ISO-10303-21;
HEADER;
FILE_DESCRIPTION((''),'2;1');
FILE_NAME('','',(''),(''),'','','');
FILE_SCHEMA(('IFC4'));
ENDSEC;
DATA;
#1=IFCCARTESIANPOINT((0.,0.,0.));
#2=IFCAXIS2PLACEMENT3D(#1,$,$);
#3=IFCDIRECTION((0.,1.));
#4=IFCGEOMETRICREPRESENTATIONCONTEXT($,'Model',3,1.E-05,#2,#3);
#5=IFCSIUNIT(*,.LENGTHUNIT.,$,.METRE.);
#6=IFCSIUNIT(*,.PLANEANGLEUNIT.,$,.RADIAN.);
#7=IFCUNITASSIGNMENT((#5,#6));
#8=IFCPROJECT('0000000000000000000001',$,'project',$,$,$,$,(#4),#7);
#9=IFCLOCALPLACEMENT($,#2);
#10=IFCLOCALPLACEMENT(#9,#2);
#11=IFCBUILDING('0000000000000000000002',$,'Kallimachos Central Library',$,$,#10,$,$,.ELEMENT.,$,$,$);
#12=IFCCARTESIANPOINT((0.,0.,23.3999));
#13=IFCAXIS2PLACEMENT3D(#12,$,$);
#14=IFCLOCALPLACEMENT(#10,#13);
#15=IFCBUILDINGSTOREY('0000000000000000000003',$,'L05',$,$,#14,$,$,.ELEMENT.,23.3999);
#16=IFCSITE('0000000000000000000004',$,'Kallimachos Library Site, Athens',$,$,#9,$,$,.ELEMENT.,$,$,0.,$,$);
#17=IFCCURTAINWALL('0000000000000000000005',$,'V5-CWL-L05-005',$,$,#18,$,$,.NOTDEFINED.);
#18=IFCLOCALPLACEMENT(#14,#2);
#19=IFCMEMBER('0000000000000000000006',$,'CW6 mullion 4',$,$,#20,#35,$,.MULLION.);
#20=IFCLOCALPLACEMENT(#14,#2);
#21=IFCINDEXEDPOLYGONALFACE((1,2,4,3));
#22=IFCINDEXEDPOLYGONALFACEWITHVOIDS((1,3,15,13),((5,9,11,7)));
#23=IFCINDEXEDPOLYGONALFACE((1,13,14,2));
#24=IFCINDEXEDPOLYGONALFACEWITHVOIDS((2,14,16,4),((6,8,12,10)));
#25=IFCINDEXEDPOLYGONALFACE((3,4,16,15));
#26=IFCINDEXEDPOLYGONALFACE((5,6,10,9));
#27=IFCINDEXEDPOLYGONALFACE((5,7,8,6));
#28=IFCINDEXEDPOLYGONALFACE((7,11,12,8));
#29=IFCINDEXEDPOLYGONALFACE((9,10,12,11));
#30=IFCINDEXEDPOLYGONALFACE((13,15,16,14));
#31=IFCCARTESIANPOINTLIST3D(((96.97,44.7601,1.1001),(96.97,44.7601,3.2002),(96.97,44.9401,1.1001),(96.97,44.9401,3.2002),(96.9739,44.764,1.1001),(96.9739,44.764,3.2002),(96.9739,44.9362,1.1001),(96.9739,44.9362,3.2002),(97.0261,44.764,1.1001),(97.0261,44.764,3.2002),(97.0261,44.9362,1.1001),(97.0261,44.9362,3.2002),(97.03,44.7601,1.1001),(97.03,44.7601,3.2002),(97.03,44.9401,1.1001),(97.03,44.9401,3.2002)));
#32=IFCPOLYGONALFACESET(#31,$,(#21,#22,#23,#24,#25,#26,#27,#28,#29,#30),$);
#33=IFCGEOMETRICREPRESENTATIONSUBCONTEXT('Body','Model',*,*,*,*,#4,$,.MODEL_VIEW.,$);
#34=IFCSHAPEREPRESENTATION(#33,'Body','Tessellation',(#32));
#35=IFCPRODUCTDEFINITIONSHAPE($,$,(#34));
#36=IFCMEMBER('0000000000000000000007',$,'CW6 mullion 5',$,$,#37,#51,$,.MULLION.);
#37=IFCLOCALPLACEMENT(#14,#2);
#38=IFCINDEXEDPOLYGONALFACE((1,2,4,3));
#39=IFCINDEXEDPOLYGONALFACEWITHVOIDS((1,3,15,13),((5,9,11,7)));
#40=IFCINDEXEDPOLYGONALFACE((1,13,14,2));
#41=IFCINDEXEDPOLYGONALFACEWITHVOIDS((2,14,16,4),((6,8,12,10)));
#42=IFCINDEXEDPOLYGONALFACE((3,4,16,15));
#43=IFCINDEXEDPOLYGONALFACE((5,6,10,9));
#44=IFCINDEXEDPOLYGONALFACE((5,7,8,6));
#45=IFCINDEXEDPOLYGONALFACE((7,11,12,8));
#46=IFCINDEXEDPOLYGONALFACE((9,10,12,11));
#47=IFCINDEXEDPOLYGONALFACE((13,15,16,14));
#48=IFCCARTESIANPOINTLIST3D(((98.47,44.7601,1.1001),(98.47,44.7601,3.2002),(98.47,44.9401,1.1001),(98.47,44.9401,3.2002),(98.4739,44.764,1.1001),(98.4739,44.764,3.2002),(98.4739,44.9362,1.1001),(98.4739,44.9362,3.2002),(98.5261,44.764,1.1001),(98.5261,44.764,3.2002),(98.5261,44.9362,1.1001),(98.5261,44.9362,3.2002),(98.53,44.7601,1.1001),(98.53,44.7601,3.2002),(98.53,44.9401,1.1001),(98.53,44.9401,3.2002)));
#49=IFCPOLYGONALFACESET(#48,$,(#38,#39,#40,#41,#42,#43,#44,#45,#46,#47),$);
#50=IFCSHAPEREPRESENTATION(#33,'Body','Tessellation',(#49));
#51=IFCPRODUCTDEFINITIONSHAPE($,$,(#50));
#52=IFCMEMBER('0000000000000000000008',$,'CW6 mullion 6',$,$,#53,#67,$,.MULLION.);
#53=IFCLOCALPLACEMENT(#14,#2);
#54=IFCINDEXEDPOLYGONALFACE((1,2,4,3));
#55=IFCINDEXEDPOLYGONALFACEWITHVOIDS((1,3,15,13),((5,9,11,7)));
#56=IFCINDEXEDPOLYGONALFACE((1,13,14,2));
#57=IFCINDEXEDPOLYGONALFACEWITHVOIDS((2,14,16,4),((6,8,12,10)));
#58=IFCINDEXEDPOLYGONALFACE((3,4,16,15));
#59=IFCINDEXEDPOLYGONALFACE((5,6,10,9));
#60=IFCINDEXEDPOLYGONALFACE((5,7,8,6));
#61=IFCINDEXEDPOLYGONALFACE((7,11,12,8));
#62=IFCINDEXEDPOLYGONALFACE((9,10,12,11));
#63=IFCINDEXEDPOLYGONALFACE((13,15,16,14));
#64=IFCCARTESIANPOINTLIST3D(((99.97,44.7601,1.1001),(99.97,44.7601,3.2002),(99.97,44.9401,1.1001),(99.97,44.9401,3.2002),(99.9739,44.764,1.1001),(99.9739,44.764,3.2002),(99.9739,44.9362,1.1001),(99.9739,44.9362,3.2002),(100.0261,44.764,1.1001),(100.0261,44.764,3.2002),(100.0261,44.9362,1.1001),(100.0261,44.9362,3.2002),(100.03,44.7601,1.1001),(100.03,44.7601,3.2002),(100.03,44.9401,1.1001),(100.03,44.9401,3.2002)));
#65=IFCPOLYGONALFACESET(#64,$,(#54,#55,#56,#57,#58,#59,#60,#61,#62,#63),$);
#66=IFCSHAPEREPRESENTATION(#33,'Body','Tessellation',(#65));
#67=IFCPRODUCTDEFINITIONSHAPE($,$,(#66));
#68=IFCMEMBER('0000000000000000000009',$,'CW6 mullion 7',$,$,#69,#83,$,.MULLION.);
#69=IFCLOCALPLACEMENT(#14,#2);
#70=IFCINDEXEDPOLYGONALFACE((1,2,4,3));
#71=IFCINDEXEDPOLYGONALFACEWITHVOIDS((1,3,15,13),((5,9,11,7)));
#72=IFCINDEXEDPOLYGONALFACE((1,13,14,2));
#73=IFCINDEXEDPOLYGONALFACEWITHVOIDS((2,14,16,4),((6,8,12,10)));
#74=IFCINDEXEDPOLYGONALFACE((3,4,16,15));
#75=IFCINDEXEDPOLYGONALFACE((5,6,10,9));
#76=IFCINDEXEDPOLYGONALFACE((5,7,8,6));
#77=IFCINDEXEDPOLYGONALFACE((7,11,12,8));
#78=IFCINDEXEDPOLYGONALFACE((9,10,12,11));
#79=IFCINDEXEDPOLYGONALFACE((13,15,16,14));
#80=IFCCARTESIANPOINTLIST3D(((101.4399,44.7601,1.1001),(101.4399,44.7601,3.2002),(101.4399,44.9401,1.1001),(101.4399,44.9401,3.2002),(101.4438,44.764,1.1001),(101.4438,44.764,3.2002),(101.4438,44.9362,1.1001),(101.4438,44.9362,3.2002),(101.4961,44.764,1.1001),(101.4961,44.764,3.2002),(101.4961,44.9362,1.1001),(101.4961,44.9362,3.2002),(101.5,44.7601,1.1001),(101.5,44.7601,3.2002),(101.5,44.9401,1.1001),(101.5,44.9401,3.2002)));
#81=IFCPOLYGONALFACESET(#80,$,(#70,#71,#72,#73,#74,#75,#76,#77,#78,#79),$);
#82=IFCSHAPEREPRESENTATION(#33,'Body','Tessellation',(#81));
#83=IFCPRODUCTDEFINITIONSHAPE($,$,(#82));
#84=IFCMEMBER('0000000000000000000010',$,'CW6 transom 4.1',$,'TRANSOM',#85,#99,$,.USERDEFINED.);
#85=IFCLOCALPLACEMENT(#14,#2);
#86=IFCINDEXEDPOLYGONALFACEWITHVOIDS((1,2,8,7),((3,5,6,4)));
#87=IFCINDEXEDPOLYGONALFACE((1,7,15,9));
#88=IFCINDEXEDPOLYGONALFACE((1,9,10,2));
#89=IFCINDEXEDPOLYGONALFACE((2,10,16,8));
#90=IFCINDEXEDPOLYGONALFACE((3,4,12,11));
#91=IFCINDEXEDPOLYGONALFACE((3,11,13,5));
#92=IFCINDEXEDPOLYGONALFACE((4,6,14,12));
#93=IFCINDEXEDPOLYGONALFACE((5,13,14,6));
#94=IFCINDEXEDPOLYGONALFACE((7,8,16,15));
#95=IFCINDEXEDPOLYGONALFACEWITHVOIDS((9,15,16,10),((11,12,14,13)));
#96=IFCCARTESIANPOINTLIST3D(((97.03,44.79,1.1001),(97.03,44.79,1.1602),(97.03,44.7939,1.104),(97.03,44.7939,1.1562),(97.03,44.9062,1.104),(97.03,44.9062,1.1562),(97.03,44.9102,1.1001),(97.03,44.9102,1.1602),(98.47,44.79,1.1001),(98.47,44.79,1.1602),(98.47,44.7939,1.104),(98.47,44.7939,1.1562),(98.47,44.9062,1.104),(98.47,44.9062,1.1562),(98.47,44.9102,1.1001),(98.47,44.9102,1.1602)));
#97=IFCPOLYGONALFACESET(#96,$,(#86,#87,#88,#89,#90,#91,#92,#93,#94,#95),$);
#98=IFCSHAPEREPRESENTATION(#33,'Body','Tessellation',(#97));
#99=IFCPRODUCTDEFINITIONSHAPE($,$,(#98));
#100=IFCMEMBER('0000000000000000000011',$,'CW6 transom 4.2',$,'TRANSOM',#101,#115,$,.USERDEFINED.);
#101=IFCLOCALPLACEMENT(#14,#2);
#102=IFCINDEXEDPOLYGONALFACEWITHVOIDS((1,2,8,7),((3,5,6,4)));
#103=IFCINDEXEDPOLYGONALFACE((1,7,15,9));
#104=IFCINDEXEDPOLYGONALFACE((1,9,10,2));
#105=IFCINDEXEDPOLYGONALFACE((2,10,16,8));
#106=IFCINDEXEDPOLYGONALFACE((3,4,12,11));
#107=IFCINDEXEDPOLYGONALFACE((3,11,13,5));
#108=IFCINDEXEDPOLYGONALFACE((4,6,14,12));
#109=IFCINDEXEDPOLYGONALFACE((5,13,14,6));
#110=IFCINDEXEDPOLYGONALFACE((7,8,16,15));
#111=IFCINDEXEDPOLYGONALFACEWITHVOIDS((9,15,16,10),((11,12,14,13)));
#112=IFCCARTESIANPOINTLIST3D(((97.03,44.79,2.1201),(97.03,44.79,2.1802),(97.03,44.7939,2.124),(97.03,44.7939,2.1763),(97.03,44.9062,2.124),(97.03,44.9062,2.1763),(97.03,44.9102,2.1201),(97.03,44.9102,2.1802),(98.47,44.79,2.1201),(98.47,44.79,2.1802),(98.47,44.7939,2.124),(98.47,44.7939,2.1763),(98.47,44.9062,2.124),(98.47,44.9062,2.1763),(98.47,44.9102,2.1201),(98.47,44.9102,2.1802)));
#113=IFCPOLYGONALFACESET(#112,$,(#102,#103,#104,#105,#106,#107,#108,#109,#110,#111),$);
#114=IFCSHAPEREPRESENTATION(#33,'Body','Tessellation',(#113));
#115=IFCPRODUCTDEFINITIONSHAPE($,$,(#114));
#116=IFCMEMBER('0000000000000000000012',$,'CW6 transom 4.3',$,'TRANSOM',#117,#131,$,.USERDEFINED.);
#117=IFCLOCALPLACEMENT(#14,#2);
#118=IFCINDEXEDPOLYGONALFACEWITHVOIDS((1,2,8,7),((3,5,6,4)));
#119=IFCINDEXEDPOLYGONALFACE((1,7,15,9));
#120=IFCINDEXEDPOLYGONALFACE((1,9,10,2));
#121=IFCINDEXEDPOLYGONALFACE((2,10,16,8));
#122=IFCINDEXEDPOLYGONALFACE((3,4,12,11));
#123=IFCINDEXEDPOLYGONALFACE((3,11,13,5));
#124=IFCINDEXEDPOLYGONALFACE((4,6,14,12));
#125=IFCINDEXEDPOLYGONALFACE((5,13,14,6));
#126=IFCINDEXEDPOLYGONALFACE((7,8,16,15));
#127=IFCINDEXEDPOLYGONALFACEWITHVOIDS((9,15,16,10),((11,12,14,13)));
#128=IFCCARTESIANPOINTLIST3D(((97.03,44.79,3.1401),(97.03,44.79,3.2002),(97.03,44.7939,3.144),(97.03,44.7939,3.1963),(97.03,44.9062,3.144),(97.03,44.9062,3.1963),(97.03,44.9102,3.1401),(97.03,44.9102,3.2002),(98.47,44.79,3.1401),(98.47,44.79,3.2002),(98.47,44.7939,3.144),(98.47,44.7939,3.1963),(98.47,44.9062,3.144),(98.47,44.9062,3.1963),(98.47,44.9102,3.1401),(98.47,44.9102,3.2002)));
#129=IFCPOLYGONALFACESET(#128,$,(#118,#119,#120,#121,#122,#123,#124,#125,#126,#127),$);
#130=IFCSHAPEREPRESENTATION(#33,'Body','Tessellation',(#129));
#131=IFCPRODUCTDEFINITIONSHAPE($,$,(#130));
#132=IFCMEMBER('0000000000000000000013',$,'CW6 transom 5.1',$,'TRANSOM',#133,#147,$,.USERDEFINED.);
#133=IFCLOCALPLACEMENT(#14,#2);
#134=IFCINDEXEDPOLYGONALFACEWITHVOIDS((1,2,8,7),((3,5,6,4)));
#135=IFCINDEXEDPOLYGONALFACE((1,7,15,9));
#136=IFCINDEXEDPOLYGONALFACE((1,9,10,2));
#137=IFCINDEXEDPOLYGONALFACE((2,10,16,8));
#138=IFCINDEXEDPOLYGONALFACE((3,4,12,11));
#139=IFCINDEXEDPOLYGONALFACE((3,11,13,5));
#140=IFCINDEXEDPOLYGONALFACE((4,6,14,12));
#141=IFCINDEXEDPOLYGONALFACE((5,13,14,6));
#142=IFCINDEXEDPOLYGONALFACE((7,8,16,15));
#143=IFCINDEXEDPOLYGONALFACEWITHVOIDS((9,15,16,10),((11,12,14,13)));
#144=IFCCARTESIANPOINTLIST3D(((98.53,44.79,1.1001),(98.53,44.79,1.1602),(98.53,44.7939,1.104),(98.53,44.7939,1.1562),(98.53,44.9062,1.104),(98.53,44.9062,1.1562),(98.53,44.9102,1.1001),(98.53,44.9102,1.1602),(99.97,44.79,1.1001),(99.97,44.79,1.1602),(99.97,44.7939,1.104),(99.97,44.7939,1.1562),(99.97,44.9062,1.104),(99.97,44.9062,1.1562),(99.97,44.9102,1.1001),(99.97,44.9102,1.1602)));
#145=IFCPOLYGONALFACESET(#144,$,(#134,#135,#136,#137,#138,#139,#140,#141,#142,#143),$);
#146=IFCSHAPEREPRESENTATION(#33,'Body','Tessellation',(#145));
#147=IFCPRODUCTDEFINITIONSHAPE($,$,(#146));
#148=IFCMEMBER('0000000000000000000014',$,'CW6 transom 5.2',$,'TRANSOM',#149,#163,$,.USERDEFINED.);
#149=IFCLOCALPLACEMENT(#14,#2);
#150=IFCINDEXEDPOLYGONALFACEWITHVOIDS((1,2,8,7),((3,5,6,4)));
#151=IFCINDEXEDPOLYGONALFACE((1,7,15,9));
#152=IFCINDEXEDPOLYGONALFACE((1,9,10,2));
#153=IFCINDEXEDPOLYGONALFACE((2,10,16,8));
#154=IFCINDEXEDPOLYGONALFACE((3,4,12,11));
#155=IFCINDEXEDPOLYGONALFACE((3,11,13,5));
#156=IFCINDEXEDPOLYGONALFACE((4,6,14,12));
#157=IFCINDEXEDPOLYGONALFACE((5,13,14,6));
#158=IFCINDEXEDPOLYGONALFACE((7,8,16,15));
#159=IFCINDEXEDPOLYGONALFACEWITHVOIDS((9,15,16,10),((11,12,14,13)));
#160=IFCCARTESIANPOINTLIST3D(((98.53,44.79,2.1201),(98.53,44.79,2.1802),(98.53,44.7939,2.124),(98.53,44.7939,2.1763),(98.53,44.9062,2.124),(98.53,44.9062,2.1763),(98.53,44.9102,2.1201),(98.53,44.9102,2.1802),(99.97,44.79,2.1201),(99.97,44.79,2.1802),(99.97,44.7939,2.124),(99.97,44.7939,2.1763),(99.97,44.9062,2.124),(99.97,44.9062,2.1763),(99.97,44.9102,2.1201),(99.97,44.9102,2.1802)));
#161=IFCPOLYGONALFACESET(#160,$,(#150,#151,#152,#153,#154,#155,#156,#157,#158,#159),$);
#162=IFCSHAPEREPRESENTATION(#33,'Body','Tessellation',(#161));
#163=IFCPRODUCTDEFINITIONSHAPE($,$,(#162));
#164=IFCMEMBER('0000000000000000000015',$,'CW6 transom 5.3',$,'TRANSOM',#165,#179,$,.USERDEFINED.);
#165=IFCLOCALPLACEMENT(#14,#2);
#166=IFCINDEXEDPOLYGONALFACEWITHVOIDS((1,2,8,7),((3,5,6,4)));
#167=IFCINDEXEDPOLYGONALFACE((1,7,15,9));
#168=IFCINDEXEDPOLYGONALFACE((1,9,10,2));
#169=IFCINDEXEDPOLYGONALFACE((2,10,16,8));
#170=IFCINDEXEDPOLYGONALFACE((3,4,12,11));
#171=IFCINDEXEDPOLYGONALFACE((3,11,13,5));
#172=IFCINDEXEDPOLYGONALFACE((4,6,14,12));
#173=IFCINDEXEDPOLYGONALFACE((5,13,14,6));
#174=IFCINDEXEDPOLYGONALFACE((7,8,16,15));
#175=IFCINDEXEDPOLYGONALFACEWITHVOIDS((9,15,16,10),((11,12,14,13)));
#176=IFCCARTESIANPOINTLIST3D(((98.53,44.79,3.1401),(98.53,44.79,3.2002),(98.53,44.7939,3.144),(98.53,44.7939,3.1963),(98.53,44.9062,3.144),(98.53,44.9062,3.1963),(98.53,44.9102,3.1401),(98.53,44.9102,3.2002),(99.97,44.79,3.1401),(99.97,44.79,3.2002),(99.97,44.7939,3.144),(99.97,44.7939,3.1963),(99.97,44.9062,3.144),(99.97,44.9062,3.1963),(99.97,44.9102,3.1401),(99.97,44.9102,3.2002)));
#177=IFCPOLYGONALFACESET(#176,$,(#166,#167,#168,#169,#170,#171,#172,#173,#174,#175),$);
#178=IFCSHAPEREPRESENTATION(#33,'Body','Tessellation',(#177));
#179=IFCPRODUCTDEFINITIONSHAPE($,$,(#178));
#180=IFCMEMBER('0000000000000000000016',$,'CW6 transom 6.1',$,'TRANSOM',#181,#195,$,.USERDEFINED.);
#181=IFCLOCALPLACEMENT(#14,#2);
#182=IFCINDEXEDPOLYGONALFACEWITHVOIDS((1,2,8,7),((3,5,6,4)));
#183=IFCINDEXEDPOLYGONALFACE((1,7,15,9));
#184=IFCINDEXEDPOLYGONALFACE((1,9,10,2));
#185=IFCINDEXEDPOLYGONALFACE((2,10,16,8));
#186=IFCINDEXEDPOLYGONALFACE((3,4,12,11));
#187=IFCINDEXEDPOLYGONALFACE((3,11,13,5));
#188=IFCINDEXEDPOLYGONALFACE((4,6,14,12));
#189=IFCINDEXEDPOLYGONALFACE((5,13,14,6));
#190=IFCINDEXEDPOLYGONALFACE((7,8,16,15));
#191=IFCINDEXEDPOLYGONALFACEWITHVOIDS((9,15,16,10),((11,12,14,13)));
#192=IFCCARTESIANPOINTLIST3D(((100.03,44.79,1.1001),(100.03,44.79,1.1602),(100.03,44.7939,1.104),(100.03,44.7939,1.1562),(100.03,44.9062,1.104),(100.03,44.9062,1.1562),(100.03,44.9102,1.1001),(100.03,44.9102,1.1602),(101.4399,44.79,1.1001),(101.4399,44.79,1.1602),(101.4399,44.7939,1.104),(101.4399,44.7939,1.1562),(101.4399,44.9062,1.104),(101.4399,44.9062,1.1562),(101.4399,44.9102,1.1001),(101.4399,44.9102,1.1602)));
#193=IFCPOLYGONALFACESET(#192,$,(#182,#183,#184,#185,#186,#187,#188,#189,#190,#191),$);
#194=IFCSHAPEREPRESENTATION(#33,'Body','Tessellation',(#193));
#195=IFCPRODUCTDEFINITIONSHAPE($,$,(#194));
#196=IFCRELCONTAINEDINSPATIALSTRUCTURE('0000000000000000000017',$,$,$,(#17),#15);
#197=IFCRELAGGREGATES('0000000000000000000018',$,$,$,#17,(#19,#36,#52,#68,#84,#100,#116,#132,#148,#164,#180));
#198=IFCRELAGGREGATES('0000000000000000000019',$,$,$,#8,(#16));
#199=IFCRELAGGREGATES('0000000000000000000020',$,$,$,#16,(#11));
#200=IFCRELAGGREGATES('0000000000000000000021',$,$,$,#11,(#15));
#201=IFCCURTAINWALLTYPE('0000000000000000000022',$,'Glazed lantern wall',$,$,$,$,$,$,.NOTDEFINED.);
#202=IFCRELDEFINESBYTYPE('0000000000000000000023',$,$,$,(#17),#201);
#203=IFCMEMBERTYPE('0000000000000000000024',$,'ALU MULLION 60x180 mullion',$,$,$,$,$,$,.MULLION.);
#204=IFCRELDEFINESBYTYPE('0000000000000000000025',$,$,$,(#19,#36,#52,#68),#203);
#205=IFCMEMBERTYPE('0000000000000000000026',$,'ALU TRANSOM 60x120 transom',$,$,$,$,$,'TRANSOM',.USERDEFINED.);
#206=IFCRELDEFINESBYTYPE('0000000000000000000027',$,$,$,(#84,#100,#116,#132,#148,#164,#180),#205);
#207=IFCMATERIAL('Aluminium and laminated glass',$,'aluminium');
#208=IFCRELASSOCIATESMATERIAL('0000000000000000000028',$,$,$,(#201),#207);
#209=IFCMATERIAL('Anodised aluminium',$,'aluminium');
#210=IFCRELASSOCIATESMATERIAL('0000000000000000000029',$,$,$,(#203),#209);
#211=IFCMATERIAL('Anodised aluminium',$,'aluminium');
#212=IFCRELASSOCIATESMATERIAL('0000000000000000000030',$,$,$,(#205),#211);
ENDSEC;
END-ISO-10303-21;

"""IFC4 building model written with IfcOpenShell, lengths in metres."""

from ifc_helpers import new_model, si_unit, direction, frame, origin, origin_2d, place, context, subcontext, project, spatial, hollow_rectangle, extrude, material, material_profile, profile_set, type_object, element, aggregate, save


model = new_model("IFC4")

# Units and contexts
model_context = context("Model", 3, precision=1e-05, world=origin(), true_north=direction((0.0, 1.0)))
body_context = subcontext(model_context, "Body", "Model", "MODEL_VIEW")
ifc_project = project(units=[si_unit("LENGTHUNIT", "METRE"), si_unit("PLANEANGLEUNIT", "RADIAN")], contexts=[model_context])

# Site, building, storey
site_placement = place(None, origin())
site = spatial("IfcSite", under=ifc_project, at=site_placement, Name="Kallimachos Library Site, Athens", CompositionType="ELEMENT", RefElevation=0.0)
building_placement = place(site_placement, origin())
building = spatial("IfcBuilding", under=site, at=building_placement, Name="Kallimachos Central Library", CompositionType="ELEMENT")
storey_placement = place(building_placement, frame((0.0, 0.0, 23.3999)))
storey = spatial("IfcBuildingStorey", under=building, at=storey_placement, Name="L05", CompositionType="ELEMENT", Elevation=23.3999)

# Curtain wall, members
ifc_material_1 = material(Name="Aluminium and laminated glass", Category="aluminium")
curtain_wall_type = type_object("IfcCurtainWallType", Name="Glazed lantern wall", PredefinedType="NOTDEFINED", material=ifc_material_1)
curtain_wall_placement = place(storey_placement, origin())
curtain_wall = element("IfcCurtainWall", 1, at=curtain_wall_placement, inside=storey, type_object=curtain_wall_type, Name="V5-CWL-L05-005", PredefinedType="NOTDEFINED")
ifc_material_2 = material(Name="Anodised aluminium", Category="aluminium")
ifc_material_profile_1 = material_profile(ifc_material_2, hollow_rectangle(XDim=0.0601, YDim=0.1799, WallThickness=0.0039, at=origin_2d()), Name="ALU MULLION 60x180")
ifc_profile_set_1 = profile_set([ifc_material_profile_1], Name="Anodised aluminium")
member_type_1 = type_object("IfcMemberType", Name="ALU MULLION 60x180 mullion", PredefinedType="MULLION", material=ifc_profile_set_1)
member_1_placement = place(storey_placement, frame((97.0, 44.8501, 1.1001), z_axis=(0.0, 0.0, 1.0), x_axis=(1.0, 0.0, 0.0)))
member_1 = element("IfcMember", 2, at=member_1_placement, type_object=member_type_1, Name="CW6 mullion 4", PredefinedType="MULLION", context=body_context, shape_type="SweptSolid", body=[
    extrude(hollow_rectangle(XDim=0.0601, YDim=0.1799, WallThickness=0.0039, at=origin_2d()), origin(), (0.0, 0.0, 1.0), 2.1001),
])
member_2_placement = place(storey_placement, frame((98.5, 44.8501, 1.1001), z_axis=(0.0, 0.0, 1.0), x_axis=(1.0, 0.0, 0.0)))
member_2 = element("IfcMember", 3, at=member_2_placement, type_object=member_type_1, Name="CW6 mullion 5", PredefinedType="MULLION", context=body_context, shape_type="SweptSolid", body=[
    extrude(hollow_rectangle(XDim=0.0601, YDim=0.1799, WallThickness=0.0039, at=origin_2d()), origin(), (0.0, 0.0, 1.0), 2.1001),
])
member_3_placement = place(storey_placement, frame((100.0, 44.8501, 1.1001), z_axis=(0.0, 0.0, 1.0), x_axis=(1.0, 0.0, 0.0)))
member_3 = element("IfcMember", 4, at=member_3_placement, type_object=member_type_1, Name="CW6 mullion 6", PredefinedType="MULLION", context=body_context, shape_type="SweptSolid", body=[
    extrude(hollow_rectangle(XDim=0.0601, YDim=0.1799, WallThickness=0.0039, at=origin_2d()), origin(), (0.0, 0.0, 1.0), 2.1001),
])
member_4_placement = place(storey_placement, frame((101.47, 44.8501, 1.1001), z_axis=(0.0, 0.0, 1.0), x_axis=(1.0, 0.0, 0.0)))
member_4 = element("IfcMember", 5, at=member_4_placement, type_object=member_type_1, Name="CW6 mullion 7", PredefinedType="MULLION", context=body_context, shape_type="SweptSolid", body=[
    extrude(hollow_rectangle(XDim=0.0601, YDim=0.1799, WallThickness=0.0039, at=origin_2d()), origin(), (0.0, 0.0, 1.0), 2.1001),
])
ifc_material_3 = material(Name="Anodised aluminium", Category="aluminium")
ifc_material_profile_2 = material_profile(ifc_material_3, hollow_rectangle(XDim=0.0601, YDim=0.1201, WallThickness=0.0039, at=origin_2d()), Name="ALU TRANSOM 60x120")
ifc_profile_set_2 = profile_set([ifc_material_profile_2], Name="Anodised aluminium")
member_type_2 = type_object("IfcMemberType", Name="ALU TRANSOM 60x120 transom", ElementType="TRANSOM", PredefinedType="USERDEFINED", material=ifc_profile_set_2)
member_5_placement = place(storey_placement, frame((97.03, 44.8501, 1.1301), z_axis=(1.0, 0.0, 0.0), x_axis=(0.0, 0.0, 1.0)))
member_5 = element("IfcMember", 6, at=member_5_placement, type_object=member_type_2, Name="CW6 transom 4.1", ObjectType="TRANSOM", PredefinedType="USERDEFINED", context=body_context, shape_type="SweptSolid", body=[
    extrude(hollow_rectangle(XDim=0.0601, YDim=0.1201, WallThickness=0.0039, at=origin_2d()), origin(), (0.0, 0.0, 1.0), 1.4399),
])
member_6_placement = place(storey_placement, frame((97.03, 44.8501, 2.1501), z_axis=(1.0, 0.0, 0.0), x_axis=(0.0, 0.0, 1.0)))
member_6 = element("IfcMember", 7, at=member_6_placement, type_object=member_type_2, Name="CW6 transom 4.2", ObjectType="TRANSOM", PredefinedType="USERDEFINED", context=body_context, shape_type="SweptSolid", body=[
    extrude(hollow_rectangle(XDim=0.0601, YDim=0.1201, WallThickness=0.0039, at=origin_2d()), origin(), (0.0, 0.0, 1.0), 1.4399),
])
member_7_placement = place(storey_placement, frame((97.03, 44.8501, 3.1702), z_axis=(1.0, 0.0, 0.0), x_axis=(0.0, 0.0, 1.0)))
member_7 = element("IfcMember", 8, at=member_7_placement, type_object=member_type_2, Name="CW6 transom 4.3", ObjectType="TRANSOM", PredefinedType="USERDEFINED", context=body_context, shape_type="SweptSolid", body=[
    extrude(hollow_rectangle(XDim=0.0601, YDim=0.1201, WallThickness=0.0039, at=origin_2d()), origin(), (0.0, 0.0, 1.0), 1.4399),
])
member_8_placement = place(storey_placement, frame((98.53, 44.8501, 1.1301), z_axis=(1.0, 0.0, 0.0), x_axis=(0.0, 0.0, 1.0)))
member_8 = element("IfcMember", 9, at=member_8_placement, type_object=member_type_2, Name="CW6 transom 5.1", ObjectType="TRANSOM", PredefinedType="USERDEFINED", context=body_context, shape_type="SweptSolid", body=[
    extrude(hollow_rectangle(XDim=0.0601, YDim=0.1201, WallThickness=0.0039, at=origin_2d()), origin(), (0.0, 0.0, 1.0), 1.4399),
])
member_9_placement = place(storey_placement, frame((98.53, 44.8501, 2.1501), z_axis=(1.0, 0.0, 0.0), x_axis=(0.0, 0.0, 1.0)))
member_9 = element("IfcMember", 10, at=member_9_placement, type_object=member_type_2, Name="CW6 transom 5.2", ObjectType="TRANSOM", PredefinedType="USERDEFINED", context=body_context, shape_type="SweptSolid", body=[
    extrude(hollow_rectangle(XDim=0.0601, YDim=0.1201, WallThickness=0.0039, at=origin_2d()), origin(), (0.0, 0.0, 1.0), 1.4399),
])
member_10_placement = place(storey_placement, frame((98.53, 44.8501, 3.1702), z_axis=(1.0, 0.0, 0.0), x_axis=(0.0, 0.0, 1.0)))
member_10 = element("IfcMember", 11, at=member_10_placement, type_object=member_type_2, Name="CW6 transom 5.3", ObjectType="TRANSOM", PredefinedType="USERDEFINED", context=body_context, shape_type="SweptSolid", body=[
    extrude(hollow_rectangle(XDim=0.0601, YDim=0.1201, WallThickness=0.0039, at=origin_2d()), origin(), (0.0, 0.0, 1.0), 1.4399),
])
member_11_placement = place(storey_placement, frame((100.03, 44.8501, 1.1301), z_axis=(1.0, 0.0, 0.0), x_axis=(0.0, 0.0, 1.0)))
member_11 = element("IfcMember", 12, at=member_11_placement, type_object=member_type_2, Name="CW6 transom 6.1", ObjectType="TRANSOM", PredefinedType="USERDEFINED", context=body_context, shape_type="SweptSolid", body=[
    extrude(hollow_rectangle(XDim=0.0601, YDim=0.1201, WallThickness=0.0039, at=origin_2d()), origin(), (0.0, 0.0, 1.0), 1.4099),
])

aggregate(curtain_wall, [member_1, member_2, member_3, member_4, member_5, member_6, member_7, member_8, member_9, member_10, member_11])

save(model, "model.ifc")
